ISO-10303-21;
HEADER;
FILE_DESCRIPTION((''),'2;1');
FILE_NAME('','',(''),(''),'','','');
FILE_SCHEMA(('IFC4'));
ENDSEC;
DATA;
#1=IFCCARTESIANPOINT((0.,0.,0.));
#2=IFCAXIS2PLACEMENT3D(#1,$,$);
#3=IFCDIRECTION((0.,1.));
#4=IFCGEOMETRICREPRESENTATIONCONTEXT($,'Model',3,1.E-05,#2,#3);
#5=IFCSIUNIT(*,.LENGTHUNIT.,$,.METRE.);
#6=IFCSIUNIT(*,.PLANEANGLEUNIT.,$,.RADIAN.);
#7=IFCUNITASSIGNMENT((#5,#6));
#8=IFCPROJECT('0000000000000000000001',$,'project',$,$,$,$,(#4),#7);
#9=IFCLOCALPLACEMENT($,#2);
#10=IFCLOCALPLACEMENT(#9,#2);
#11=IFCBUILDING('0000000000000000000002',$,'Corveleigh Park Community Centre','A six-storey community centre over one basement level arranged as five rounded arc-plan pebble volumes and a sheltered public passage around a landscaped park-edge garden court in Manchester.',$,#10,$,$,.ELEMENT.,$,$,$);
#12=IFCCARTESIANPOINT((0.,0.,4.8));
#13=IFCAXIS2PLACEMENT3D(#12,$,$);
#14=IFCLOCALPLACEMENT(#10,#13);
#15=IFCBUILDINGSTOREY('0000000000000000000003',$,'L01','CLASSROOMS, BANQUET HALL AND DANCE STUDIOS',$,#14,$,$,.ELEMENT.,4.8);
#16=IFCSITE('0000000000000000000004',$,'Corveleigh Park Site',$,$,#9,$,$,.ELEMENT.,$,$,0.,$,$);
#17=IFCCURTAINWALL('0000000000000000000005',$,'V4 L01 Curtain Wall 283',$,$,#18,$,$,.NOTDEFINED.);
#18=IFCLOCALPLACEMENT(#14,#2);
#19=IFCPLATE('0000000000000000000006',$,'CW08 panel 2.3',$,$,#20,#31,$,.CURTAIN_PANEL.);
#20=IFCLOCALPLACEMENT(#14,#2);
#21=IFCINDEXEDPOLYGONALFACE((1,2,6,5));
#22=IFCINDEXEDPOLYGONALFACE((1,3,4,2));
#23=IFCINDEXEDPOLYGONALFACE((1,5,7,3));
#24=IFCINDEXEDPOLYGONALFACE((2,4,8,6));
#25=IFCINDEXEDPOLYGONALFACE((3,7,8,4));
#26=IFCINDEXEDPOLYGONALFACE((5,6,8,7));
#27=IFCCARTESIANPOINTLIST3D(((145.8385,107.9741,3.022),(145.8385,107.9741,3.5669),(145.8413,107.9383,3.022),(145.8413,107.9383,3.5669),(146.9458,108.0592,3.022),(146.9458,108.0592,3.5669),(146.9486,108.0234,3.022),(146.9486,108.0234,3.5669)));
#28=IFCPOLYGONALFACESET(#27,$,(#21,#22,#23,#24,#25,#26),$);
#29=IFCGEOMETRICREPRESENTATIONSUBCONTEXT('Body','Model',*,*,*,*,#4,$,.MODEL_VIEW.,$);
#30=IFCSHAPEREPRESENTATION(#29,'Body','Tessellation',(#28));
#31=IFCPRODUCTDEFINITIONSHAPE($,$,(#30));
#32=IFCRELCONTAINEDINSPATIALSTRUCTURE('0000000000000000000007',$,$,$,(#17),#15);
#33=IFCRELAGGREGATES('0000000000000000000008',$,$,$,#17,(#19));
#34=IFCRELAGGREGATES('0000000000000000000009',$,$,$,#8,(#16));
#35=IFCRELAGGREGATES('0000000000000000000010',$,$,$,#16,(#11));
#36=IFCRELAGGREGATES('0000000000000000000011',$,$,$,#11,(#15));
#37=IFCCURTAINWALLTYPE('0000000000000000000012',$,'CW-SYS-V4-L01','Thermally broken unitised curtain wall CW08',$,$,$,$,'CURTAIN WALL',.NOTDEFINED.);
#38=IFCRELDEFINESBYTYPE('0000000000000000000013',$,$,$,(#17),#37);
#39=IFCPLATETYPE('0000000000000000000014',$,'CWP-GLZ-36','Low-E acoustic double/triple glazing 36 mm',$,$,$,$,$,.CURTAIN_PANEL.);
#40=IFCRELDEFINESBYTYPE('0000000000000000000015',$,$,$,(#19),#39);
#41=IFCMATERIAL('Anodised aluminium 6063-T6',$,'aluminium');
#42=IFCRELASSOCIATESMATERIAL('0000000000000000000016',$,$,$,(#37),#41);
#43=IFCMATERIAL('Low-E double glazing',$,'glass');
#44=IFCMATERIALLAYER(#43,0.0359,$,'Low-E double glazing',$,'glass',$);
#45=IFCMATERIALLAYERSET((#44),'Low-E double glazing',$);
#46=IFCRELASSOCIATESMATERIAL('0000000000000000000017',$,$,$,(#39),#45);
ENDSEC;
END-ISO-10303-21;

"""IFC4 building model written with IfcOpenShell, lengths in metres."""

from ifc_helpers import new_model, si_unit, direction, frame, origin, origin_2d, place, context, subcontext, project, spatial, rectangle, extrude, material, layer, layer_set, type_object, element, aggregate, save


model = new_model("IFC4")

# Units and contexts
model_context = context("Model", 3, precision=1e-05, world=origin(), true_north=direction((0.0, 1.0)))
body_context = subcontext(model_context, "Body", "Model", "MODEL_VIEW")
ifc_project = project(units=[si_unit("LENGTHUNIT", "METRE"), si_unit("PLANEANGLEUNIT", "RADIAN")], contexts=[model_context])

# Site, building, storey
site_placement = place(None, origin())
site = spatial("IfcSite", under=ifc_project, at=site_placement, Name="Corveleigh Park Site", CompositionType="ELEMENT", RefElevation=0.0)
building_placement = place(site_placement, origin())
building = spatial("IfcBuilding", under=site, at=building_placement, Name="Corveleigh Park Community Centre", Description="A six-storey community centre over one basement level arranged as five rounded arc-plan pebble volumes and a sheltered public passage around a landscaped park-edge garden court in Manchester.", CompositionType="ELEMENT")
storey_placement = place(building_placement, frame((0.0, 0.0, 4.8)))
storey = spatial("IfcBuildingStorey", under=building, at=storey_placement, Name="L01", Description="CLASSROOMS, BANQUET HALL AND DANCE STUDIOS", CompositionType="ELEMENT", Elevation=4.8)

# Curtain wall
ifc_material_1 = material(Name="Anodised aluminium 6063-T6", Category="aluminium")
curtain_wall_type = type_object("IfcCurtainWallType", Name="CW-SYS-V4-L01", Description="Thermally broken unitised curtain wall CW08", ElementType="CURTAIN WALL", PredefinedType="NOTDEFINED", material=ifc_material_1)
curtain_wall_1_placement = place(storey_placement, origin())
curtain_wall_1 = element("IfcCurtainWall", 1, at=curtain_wall_1_placement, inside=storey, type_object=curtain_wall_type, Name="V4 L01 Curtain Wall 283", PredefinedType="NOTDEFINED")

# Plate
ifc_material_2 = material(Name="Low-E double glazing", Category="glass")
ifc_layer_1 = layer(ifc_material_2, 0.0359, Name="Low-E double glazing", Category="glass")
ifc_layer_set_1 = layer_set([ifc_layer_1], Name="Low-E double glazing")
plate_type_1 = type_object("IfcPlateType", Name="CWP-GLZ-36", Description="Low-E acoustic double/triple glazing 36 mm", PredefinedType="CURTAIN_PANEL", material=ifc_layer_set_1)
plate_1_placement = place(storey_placement, frame((146.3936, 107.9988, 3.022), z_axis=(0.0, 0.0, 1.0), x_axis=(0.997059, 0.076633, 0.0)))
plate_1 = element("IfcPlate", 2, at=plate_1_placement, type_object=plate_type_1, Name="CW08 panel 2.3", PredefinedType="CURTAIN_PANEL", context=body_context, shape_type="SweptSolid", body=[
    extrude(rectangle(XDim=1.1106, YDim=0.0359, at=origin_2d()), origin(), (0.0, 0.0, 1.0), 0.5449),
])
aggregate(curtain_wall_1, [plate_1])

save(model, "model.ifc")
